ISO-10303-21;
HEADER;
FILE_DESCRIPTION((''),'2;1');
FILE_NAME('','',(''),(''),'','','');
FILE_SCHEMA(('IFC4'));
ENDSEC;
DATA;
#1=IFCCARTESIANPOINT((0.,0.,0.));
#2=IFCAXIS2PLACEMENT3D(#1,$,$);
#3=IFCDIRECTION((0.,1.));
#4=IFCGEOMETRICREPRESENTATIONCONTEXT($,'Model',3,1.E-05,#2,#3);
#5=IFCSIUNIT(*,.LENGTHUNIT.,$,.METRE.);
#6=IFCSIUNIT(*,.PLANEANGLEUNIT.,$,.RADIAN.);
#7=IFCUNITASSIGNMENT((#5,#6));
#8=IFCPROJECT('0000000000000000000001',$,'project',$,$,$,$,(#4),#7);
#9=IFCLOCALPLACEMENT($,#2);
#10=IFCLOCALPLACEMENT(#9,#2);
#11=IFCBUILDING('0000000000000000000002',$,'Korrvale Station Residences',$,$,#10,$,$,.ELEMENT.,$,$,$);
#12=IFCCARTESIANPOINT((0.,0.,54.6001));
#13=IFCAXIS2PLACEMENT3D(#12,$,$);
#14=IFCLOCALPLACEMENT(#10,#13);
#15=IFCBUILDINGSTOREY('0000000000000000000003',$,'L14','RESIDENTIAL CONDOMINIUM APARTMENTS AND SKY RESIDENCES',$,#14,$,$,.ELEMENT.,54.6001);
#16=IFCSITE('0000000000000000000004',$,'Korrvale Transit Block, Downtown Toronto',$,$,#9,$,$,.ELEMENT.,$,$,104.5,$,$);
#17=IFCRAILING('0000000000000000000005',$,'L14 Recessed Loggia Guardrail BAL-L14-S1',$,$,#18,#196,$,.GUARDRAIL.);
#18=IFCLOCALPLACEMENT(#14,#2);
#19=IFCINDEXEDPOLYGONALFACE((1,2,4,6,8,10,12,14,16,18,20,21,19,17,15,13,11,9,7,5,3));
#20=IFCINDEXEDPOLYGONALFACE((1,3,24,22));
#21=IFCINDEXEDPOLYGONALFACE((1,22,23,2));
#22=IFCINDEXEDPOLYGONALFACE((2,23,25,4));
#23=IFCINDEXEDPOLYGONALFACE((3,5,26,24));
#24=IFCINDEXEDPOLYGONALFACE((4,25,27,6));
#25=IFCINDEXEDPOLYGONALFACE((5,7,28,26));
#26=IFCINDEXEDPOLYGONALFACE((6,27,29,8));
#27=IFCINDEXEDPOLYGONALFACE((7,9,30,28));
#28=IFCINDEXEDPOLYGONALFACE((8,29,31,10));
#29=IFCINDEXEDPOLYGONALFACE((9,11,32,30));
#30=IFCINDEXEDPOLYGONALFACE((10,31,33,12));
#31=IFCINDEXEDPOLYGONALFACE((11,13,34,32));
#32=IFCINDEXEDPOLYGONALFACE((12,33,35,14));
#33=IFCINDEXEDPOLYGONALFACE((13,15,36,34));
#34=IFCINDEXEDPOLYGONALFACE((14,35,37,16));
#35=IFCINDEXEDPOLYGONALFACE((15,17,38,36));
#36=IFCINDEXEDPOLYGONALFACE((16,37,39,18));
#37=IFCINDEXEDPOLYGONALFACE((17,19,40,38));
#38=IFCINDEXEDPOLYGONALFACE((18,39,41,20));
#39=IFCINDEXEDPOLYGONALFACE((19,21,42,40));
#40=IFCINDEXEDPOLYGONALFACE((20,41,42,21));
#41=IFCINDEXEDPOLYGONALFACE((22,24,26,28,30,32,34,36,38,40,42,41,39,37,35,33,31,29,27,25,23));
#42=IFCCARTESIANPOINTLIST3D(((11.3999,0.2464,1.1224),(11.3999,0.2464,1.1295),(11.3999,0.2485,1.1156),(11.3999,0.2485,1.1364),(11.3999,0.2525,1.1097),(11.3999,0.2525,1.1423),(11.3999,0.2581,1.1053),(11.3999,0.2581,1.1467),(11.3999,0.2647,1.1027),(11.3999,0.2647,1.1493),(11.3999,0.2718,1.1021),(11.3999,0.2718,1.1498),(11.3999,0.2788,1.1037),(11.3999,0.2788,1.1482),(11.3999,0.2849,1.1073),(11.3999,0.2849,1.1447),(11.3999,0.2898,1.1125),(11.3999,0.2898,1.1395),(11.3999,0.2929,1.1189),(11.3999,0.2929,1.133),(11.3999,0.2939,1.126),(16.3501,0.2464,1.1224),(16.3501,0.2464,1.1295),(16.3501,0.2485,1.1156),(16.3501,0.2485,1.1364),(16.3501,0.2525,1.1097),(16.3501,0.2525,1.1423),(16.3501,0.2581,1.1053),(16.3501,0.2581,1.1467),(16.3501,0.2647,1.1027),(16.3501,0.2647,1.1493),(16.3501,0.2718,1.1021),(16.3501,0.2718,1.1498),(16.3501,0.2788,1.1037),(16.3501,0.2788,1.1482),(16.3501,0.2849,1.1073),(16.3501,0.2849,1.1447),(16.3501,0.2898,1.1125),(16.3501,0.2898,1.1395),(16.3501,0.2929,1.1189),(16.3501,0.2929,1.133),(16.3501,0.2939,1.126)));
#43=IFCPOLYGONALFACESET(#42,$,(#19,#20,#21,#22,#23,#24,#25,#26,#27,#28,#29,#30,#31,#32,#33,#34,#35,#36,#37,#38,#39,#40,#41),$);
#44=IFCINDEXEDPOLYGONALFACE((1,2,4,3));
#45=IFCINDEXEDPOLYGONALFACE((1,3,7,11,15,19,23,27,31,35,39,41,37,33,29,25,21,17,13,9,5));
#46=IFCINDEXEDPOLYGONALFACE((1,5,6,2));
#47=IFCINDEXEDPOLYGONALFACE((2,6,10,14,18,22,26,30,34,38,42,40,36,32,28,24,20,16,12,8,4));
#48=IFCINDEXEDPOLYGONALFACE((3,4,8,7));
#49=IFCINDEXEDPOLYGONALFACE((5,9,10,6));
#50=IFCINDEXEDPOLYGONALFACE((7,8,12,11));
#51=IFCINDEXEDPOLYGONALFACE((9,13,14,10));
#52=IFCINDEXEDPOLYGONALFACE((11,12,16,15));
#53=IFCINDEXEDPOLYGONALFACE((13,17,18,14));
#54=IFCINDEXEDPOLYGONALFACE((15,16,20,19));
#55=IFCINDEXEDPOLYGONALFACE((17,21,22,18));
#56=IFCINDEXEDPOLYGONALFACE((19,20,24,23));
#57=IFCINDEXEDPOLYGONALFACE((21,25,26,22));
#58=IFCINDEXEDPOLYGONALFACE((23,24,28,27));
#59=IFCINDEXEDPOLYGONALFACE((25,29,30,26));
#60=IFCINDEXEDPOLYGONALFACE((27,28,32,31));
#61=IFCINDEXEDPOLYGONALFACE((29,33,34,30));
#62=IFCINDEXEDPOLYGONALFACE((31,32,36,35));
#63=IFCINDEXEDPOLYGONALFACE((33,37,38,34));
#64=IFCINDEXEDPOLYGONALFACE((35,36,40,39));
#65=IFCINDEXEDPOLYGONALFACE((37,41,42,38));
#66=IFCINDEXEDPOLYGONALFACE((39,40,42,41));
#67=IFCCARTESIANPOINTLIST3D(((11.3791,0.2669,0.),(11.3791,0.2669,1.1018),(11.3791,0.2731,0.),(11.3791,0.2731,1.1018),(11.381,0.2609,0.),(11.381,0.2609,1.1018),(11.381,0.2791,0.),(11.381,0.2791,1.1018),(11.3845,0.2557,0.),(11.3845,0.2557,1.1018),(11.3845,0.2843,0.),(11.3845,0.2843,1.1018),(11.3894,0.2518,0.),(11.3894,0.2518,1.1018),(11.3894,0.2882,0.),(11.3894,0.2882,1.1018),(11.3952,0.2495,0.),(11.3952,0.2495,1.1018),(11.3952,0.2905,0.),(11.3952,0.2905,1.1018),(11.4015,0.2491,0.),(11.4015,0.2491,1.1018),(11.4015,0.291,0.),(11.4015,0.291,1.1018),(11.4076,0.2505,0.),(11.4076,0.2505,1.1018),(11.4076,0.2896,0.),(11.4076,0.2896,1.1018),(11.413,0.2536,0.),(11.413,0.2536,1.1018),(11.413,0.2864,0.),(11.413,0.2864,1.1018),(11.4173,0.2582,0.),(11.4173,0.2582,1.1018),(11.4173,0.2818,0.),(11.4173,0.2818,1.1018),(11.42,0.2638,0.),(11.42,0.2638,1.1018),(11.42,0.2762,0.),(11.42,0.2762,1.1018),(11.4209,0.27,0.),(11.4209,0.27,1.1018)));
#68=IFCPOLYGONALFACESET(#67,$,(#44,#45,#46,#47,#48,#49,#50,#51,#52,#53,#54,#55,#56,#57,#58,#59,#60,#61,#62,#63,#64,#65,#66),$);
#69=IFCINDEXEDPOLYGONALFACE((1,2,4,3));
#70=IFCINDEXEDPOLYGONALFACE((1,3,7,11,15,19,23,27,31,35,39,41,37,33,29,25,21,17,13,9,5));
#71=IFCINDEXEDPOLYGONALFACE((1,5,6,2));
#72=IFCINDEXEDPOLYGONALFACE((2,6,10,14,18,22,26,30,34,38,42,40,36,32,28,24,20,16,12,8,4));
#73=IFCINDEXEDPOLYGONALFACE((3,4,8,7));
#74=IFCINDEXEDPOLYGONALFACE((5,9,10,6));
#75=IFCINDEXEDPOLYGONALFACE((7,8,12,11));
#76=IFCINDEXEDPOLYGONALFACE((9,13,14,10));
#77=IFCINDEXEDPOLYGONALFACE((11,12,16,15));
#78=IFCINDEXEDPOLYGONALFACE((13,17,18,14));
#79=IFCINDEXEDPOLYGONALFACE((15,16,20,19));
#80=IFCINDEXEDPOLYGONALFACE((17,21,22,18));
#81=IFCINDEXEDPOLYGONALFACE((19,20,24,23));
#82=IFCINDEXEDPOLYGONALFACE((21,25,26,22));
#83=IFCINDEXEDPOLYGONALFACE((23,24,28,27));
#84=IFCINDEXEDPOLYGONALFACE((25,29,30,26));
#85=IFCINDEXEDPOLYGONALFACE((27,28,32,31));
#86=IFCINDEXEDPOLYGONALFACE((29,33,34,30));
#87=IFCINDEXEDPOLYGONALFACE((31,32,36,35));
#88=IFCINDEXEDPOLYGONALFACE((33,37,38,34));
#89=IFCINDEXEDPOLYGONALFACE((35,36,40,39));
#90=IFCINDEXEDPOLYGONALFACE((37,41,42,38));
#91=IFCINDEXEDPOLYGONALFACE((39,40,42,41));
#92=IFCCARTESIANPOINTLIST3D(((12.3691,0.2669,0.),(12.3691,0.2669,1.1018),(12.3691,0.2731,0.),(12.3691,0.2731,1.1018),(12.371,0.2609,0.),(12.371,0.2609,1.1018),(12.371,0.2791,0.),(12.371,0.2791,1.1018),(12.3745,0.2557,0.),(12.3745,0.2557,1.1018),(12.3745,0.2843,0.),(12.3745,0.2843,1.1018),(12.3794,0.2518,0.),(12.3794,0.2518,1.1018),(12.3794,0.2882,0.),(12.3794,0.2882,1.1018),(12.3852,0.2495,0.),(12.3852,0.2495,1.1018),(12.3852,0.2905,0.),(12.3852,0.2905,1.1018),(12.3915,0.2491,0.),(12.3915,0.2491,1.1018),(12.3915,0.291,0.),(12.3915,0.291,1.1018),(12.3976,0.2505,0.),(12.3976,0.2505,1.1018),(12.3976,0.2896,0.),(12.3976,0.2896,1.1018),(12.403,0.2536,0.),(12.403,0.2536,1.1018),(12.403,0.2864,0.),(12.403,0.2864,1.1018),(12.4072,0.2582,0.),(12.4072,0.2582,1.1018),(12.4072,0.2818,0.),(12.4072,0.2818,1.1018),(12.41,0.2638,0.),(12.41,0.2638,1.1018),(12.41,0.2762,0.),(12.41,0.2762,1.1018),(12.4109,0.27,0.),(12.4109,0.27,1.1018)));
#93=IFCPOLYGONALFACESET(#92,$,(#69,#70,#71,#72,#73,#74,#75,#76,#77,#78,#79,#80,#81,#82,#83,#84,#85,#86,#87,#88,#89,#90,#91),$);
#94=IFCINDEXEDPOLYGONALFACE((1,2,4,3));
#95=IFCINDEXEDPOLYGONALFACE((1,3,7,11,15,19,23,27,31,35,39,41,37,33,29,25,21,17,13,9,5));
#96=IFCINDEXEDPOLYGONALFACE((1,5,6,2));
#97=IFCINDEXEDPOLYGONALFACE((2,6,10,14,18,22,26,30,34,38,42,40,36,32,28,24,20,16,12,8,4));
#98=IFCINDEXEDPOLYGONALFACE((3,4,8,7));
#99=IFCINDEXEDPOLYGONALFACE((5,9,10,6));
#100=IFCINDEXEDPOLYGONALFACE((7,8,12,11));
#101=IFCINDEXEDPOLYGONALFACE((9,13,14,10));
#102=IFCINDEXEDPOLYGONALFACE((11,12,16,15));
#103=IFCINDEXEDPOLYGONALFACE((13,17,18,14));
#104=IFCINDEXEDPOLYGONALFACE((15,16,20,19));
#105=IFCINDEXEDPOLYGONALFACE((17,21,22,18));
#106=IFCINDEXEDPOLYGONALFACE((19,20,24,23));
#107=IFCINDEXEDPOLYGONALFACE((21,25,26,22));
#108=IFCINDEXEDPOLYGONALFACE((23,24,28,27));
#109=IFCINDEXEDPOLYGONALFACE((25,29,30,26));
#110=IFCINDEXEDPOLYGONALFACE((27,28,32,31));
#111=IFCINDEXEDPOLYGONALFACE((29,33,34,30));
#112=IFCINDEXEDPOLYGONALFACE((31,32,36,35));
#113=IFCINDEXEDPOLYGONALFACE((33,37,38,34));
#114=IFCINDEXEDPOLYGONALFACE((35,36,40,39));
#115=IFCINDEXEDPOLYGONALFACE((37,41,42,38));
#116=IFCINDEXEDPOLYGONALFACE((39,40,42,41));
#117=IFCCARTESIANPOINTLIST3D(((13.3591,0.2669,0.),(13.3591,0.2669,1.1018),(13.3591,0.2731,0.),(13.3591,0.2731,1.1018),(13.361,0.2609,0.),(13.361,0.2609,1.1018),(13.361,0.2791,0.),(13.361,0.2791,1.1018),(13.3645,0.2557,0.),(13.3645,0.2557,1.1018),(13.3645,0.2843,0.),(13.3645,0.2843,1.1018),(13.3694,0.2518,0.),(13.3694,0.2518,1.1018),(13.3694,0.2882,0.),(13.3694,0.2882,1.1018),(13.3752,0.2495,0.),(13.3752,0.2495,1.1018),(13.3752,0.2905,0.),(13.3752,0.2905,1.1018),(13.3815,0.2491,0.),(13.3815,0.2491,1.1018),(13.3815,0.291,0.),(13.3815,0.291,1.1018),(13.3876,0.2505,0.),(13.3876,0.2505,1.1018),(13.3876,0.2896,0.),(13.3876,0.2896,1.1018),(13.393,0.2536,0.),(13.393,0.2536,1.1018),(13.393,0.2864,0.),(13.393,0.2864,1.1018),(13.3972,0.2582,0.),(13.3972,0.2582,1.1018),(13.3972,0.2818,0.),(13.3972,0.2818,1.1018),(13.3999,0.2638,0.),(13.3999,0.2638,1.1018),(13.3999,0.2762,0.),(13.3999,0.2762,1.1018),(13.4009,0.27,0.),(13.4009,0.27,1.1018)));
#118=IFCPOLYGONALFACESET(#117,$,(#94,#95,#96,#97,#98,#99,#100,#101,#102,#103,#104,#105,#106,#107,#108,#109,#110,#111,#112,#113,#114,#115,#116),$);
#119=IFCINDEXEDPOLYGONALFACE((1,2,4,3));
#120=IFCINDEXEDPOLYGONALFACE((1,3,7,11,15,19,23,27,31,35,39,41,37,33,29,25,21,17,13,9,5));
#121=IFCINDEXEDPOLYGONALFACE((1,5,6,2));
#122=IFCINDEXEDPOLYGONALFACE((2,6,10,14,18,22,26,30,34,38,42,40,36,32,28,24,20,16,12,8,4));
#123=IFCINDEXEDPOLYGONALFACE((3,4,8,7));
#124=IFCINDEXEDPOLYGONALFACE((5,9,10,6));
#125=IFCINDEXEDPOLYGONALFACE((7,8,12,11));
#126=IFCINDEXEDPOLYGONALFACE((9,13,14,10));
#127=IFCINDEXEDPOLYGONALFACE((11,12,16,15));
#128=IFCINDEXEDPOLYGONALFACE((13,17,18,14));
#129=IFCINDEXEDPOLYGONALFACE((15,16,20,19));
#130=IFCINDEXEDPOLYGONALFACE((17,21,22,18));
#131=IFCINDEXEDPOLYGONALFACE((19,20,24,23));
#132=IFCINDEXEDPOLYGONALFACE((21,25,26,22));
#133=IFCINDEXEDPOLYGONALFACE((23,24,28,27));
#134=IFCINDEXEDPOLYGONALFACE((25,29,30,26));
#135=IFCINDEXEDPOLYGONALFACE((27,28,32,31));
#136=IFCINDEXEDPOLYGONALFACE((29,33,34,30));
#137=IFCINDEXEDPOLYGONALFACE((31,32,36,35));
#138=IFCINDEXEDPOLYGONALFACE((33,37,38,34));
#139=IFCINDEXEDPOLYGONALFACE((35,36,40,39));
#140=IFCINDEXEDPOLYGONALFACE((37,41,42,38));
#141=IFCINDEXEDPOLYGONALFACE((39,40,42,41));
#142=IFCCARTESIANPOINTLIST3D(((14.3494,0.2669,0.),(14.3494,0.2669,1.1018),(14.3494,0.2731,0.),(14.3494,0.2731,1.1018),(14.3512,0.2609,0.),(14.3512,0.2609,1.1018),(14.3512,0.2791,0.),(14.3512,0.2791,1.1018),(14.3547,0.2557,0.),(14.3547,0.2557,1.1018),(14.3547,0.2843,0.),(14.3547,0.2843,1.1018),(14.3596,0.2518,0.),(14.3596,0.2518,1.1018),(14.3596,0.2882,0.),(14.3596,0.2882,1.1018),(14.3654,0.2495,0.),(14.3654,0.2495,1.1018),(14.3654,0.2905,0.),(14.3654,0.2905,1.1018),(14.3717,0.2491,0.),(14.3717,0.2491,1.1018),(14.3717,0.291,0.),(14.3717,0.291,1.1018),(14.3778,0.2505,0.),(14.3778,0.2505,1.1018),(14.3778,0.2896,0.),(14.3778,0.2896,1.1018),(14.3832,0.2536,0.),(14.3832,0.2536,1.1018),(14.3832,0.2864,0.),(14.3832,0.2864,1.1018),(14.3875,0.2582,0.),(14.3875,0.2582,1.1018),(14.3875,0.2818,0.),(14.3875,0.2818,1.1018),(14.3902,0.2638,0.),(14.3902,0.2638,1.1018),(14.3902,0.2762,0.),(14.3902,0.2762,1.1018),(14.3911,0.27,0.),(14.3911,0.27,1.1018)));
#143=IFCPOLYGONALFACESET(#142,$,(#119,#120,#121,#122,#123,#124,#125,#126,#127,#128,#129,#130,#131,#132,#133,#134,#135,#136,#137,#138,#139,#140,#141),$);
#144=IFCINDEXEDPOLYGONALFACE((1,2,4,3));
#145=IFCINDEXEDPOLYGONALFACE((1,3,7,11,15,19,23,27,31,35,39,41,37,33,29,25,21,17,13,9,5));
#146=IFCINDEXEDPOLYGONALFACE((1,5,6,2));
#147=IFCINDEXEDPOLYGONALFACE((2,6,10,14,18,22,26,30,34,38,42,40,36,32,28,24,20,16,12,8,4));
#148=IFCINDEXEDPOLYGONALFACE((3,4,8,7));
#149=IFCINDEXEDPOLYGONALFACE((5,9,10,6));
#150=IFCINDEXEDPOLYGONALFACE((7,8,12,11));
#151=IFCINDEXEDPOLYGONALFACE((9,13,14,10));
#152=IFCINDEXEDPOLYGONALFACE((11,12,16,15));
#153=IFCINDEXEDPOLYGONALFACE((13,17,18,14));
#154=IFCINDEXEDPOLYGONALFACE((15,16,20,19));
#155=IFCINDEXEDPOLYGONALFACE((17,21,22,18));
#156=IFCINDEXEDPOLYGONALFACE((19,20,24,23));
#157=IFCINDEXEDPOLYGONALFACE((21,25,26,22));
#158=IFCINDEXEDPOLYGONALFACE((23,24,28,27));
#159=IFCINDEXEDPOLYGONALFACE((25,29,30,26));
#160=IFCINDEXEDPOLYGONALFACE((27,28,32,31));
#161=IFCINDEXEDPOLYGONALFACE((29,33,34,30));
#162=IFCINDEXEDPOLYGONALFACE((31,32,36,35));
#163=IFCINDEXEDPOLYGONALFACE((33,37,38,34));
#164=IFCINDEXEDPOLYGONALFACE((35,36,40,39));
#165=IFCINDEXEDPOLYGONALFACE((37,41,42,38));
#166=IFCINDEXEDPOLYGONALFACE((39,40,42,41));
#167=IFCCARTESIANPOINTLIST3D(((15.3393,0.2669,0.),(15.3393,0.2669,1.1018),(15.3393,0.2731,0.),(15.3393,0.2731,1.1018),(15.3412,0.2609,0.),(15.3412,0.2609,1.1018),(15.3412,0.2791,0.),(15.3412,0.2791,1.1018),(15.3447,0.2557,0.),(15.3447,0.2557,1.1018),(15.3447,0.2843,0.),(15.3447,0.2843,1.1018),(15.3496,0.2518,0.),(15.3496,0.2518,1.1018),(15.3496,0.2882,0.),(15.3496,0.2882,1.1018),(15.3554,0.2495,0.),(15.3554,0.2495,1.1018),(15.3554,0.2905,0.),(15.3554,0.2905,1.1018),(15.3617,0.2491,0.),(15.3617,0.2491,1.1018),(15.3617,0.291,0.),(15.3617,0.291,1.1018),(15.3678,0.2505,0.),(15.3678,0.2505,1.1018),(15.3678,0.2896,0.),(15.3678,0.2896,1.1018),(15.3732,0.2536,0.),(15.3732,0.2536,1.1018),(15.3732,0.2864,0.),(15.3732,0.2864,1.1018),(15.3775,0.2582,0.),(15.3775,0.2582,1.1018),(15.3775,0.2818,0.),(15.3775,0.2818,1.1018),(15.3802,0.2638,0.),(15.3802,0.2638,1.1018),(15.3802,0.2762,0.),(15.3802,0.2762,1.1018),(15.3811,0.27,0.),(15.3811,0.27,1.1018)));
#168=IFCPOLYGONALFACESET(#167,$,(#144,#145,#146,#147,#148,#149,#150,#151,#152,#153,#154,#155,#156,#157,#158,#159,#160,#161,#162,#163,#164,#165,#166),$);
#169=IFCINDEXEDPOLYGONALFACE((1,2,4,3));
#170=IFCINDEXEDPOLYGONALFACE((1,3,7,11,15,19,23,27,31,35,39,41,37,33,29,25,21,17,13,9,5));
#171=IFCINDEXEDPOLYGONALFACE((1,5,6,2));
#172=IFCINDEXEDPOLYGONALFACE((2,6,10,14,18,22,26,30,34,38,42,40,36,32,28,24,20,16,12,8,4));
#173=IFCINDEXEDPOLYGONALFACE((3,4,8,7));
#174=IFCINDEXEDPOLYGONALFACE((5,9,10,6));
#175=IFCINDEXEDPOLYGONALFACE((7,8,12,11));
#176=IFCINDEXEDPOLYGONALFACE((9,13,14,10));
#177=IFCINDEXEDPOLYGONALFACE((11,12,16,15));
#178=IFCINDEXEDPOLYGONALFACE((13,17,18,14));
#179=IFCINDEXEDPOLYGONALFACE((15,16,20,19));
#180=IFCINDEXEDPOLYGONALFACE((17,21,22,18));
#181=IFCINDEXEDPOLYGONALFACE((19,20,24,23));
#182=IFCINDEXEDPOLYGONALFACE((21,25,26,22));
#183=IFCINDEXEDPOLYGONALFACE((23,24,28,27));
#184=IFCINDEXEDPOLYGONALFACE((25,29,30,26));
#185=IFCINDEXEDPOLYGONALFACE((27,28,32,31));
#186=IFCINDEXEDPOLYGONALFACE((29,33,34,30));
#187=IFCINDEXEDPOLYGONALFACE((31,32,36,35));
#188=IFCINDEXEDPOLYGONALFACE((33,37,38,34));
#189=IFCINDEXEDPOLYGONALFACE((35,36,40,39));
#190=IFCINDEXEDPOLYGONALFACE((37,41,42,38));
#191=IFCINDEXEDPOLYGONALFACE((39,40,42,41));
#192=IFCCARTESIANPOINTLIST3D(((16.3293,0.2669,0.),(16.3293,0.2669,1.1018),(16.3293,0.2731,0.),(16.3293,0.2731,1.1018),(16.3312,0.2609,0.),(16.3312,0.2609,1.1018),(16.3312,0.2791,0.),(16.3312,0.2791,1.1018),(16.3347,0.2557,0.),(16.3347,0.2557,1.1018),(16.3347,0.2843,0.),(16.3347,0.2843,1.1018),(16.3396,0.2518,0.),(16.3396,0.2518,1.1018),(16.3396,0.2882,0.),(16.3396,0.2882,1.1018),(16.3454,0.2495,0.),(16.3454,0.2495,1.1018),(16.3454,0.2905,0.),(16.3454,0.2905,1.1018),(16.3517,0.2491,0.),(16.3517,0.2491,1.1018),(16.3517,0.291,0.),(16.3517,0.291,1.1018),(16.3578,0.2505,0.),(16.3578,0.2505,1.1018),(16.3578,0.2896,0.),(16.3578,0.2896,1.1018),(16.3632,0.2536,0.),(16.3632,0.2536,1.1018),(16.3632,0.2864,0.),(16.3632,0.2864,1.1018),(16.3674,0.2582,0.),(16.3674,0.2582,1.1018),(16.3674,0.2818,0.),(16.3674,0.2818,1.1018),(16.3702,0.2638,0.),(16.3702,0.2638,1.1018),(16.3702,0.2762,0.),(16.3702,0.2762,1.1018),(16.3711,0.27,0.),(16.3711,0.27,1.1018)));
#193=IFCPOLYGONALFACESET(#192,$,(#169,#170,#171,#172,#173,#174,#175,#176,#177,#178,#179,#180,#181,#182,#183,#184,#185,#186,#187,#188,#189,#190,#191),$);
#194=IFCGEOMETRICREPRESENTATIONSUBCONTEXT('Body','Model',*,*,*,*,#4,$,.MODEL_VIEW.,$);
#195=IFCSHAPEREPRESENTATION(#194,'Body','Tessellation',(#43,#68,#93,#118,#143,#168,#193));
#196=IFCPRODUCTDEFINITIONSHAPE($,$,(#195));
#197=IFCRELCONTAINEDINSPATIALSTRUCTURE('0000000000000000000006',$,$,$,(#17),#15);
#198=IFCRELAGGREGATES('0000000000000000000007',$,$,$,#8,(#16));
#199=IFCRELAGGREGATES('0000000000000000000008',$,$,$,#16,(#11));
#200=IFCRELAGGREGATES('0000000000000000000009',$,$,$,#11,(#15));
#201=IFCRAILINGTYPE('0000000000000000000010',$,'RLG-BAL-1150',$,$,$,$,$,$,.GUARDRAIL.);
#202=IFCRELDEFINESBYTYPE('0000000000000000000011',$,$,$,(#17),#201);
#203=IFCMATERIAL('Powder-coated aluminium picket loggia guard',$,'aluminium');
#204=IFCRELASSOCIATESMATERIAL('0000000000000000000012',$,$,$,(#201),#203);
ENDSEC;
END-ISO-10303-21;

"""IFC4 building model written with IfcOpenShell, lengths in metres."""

from ifc_helpers import new_model, si_unit, direction, frame, origin, origin_2d, place, context, subcontext, project, spatial, circle, extrude, material, type_object, element, save


model = new_model("IFC4")

# Units and contexts
model_context = context("Model", 3, precision=1e-05, world=origin(), true_north=direction((0.0, 1.0)))
body_context = subcontext(model_context, "Body", "Model", "MODEL_VIEW")
ifc_project = project(units=[si_unit("LENGTHUNIT", "METRE"), si_unit("PLANEANGLEUNIT", "RADIAN")], contexts=[model_context])

# Site, building, storey
site_placement = place(None, origin())
site = spatial("IfcSite", under=ifc_project, at=site_placement, Name="Korrvale Transit Block, Downtown Toronto", CompositionType="ELEMENT", RefElevation=104.5)
building_placement = place(site_placement, origin())
building = spatial("IfcBuilding", under=site, at=building_placement, Name="Korrvale Station Residences", CompositionType="ELEMENT")
storey_placement = place(building_placement, frame((0.0, 0.0, 54.6001)))
storey = spatial("IfcBuildingStorey", under=building, at=storey_placement, Name="L14", Description="RESIDENTIAL CONDOMINIUM APARTMENTS AND SKY RESIDENCES", CompositionType="ELEMENT", Elevation=54.6001)

# Railing
ifc_material_1 = material(Name="Powder-coated aluminium picket loggia guard", Category="aluminium")
railing_type = type_object("IfcRailingType", Name="RLG-BAL-1150", PredefinedType="GUARDRAIL", material=ifc_material_1)
railing_placement = place(storey_placement, frame((11.3999, 0.27, 0.0)))
element("IfcRailing", 1, at=railing_placement, inside=storey, type_object=railing_type, Name="L14 Recessed Loggia Guardrail BAL-L14-S1", PredefinedType="GUARDRAIL", context=body_context, shape_type="SweptSolid", body=[
    extrude(circle(Radius=0.0239, at=origin_2d()), frame((0.0, 0.0, 1.126), z_axis=(1.0, 0.0, 0.0), x_axis=(0.0, 1.0, 0.0)), (0.0, 0.0, 1.0), 4.9502),
    extrude(circle(Radius=0.021, at=origin_2d()), origin(), (0.0, 0.0, 1.0), 1.1018),
    extrude(circle(Radius=0.021, at=origin_2d()), frame((0.99, 0.0, 0.0)), (0.0, 0.0, 1.0), 1.1018),
    extrude(circle(Radius=0.021, at=origin_2d()), frame((1.98, 0.0, 0.0)), (0.0, 0.0, 1.0), 1.1018),
    extrude(circle(Radius=0.021, at=origin_2d()), frame((2.9702, 0.0, 0.0)), (0.0, 0.0, 1.0), 1.1018),
    extrude(circle(Radius=0.021, at=origin_2d()), frame((3.9602, 0.0, 0.0)), (0.0, 0.0, 1.0), 1.1018),
    extrude(circle(Radius=0.021, at=origin_2d()), frame((4.9502, 0.0, 0.0)), (0.0, 0.0, 1.0), 1.1018),
])

save(model, "model.ifc")
